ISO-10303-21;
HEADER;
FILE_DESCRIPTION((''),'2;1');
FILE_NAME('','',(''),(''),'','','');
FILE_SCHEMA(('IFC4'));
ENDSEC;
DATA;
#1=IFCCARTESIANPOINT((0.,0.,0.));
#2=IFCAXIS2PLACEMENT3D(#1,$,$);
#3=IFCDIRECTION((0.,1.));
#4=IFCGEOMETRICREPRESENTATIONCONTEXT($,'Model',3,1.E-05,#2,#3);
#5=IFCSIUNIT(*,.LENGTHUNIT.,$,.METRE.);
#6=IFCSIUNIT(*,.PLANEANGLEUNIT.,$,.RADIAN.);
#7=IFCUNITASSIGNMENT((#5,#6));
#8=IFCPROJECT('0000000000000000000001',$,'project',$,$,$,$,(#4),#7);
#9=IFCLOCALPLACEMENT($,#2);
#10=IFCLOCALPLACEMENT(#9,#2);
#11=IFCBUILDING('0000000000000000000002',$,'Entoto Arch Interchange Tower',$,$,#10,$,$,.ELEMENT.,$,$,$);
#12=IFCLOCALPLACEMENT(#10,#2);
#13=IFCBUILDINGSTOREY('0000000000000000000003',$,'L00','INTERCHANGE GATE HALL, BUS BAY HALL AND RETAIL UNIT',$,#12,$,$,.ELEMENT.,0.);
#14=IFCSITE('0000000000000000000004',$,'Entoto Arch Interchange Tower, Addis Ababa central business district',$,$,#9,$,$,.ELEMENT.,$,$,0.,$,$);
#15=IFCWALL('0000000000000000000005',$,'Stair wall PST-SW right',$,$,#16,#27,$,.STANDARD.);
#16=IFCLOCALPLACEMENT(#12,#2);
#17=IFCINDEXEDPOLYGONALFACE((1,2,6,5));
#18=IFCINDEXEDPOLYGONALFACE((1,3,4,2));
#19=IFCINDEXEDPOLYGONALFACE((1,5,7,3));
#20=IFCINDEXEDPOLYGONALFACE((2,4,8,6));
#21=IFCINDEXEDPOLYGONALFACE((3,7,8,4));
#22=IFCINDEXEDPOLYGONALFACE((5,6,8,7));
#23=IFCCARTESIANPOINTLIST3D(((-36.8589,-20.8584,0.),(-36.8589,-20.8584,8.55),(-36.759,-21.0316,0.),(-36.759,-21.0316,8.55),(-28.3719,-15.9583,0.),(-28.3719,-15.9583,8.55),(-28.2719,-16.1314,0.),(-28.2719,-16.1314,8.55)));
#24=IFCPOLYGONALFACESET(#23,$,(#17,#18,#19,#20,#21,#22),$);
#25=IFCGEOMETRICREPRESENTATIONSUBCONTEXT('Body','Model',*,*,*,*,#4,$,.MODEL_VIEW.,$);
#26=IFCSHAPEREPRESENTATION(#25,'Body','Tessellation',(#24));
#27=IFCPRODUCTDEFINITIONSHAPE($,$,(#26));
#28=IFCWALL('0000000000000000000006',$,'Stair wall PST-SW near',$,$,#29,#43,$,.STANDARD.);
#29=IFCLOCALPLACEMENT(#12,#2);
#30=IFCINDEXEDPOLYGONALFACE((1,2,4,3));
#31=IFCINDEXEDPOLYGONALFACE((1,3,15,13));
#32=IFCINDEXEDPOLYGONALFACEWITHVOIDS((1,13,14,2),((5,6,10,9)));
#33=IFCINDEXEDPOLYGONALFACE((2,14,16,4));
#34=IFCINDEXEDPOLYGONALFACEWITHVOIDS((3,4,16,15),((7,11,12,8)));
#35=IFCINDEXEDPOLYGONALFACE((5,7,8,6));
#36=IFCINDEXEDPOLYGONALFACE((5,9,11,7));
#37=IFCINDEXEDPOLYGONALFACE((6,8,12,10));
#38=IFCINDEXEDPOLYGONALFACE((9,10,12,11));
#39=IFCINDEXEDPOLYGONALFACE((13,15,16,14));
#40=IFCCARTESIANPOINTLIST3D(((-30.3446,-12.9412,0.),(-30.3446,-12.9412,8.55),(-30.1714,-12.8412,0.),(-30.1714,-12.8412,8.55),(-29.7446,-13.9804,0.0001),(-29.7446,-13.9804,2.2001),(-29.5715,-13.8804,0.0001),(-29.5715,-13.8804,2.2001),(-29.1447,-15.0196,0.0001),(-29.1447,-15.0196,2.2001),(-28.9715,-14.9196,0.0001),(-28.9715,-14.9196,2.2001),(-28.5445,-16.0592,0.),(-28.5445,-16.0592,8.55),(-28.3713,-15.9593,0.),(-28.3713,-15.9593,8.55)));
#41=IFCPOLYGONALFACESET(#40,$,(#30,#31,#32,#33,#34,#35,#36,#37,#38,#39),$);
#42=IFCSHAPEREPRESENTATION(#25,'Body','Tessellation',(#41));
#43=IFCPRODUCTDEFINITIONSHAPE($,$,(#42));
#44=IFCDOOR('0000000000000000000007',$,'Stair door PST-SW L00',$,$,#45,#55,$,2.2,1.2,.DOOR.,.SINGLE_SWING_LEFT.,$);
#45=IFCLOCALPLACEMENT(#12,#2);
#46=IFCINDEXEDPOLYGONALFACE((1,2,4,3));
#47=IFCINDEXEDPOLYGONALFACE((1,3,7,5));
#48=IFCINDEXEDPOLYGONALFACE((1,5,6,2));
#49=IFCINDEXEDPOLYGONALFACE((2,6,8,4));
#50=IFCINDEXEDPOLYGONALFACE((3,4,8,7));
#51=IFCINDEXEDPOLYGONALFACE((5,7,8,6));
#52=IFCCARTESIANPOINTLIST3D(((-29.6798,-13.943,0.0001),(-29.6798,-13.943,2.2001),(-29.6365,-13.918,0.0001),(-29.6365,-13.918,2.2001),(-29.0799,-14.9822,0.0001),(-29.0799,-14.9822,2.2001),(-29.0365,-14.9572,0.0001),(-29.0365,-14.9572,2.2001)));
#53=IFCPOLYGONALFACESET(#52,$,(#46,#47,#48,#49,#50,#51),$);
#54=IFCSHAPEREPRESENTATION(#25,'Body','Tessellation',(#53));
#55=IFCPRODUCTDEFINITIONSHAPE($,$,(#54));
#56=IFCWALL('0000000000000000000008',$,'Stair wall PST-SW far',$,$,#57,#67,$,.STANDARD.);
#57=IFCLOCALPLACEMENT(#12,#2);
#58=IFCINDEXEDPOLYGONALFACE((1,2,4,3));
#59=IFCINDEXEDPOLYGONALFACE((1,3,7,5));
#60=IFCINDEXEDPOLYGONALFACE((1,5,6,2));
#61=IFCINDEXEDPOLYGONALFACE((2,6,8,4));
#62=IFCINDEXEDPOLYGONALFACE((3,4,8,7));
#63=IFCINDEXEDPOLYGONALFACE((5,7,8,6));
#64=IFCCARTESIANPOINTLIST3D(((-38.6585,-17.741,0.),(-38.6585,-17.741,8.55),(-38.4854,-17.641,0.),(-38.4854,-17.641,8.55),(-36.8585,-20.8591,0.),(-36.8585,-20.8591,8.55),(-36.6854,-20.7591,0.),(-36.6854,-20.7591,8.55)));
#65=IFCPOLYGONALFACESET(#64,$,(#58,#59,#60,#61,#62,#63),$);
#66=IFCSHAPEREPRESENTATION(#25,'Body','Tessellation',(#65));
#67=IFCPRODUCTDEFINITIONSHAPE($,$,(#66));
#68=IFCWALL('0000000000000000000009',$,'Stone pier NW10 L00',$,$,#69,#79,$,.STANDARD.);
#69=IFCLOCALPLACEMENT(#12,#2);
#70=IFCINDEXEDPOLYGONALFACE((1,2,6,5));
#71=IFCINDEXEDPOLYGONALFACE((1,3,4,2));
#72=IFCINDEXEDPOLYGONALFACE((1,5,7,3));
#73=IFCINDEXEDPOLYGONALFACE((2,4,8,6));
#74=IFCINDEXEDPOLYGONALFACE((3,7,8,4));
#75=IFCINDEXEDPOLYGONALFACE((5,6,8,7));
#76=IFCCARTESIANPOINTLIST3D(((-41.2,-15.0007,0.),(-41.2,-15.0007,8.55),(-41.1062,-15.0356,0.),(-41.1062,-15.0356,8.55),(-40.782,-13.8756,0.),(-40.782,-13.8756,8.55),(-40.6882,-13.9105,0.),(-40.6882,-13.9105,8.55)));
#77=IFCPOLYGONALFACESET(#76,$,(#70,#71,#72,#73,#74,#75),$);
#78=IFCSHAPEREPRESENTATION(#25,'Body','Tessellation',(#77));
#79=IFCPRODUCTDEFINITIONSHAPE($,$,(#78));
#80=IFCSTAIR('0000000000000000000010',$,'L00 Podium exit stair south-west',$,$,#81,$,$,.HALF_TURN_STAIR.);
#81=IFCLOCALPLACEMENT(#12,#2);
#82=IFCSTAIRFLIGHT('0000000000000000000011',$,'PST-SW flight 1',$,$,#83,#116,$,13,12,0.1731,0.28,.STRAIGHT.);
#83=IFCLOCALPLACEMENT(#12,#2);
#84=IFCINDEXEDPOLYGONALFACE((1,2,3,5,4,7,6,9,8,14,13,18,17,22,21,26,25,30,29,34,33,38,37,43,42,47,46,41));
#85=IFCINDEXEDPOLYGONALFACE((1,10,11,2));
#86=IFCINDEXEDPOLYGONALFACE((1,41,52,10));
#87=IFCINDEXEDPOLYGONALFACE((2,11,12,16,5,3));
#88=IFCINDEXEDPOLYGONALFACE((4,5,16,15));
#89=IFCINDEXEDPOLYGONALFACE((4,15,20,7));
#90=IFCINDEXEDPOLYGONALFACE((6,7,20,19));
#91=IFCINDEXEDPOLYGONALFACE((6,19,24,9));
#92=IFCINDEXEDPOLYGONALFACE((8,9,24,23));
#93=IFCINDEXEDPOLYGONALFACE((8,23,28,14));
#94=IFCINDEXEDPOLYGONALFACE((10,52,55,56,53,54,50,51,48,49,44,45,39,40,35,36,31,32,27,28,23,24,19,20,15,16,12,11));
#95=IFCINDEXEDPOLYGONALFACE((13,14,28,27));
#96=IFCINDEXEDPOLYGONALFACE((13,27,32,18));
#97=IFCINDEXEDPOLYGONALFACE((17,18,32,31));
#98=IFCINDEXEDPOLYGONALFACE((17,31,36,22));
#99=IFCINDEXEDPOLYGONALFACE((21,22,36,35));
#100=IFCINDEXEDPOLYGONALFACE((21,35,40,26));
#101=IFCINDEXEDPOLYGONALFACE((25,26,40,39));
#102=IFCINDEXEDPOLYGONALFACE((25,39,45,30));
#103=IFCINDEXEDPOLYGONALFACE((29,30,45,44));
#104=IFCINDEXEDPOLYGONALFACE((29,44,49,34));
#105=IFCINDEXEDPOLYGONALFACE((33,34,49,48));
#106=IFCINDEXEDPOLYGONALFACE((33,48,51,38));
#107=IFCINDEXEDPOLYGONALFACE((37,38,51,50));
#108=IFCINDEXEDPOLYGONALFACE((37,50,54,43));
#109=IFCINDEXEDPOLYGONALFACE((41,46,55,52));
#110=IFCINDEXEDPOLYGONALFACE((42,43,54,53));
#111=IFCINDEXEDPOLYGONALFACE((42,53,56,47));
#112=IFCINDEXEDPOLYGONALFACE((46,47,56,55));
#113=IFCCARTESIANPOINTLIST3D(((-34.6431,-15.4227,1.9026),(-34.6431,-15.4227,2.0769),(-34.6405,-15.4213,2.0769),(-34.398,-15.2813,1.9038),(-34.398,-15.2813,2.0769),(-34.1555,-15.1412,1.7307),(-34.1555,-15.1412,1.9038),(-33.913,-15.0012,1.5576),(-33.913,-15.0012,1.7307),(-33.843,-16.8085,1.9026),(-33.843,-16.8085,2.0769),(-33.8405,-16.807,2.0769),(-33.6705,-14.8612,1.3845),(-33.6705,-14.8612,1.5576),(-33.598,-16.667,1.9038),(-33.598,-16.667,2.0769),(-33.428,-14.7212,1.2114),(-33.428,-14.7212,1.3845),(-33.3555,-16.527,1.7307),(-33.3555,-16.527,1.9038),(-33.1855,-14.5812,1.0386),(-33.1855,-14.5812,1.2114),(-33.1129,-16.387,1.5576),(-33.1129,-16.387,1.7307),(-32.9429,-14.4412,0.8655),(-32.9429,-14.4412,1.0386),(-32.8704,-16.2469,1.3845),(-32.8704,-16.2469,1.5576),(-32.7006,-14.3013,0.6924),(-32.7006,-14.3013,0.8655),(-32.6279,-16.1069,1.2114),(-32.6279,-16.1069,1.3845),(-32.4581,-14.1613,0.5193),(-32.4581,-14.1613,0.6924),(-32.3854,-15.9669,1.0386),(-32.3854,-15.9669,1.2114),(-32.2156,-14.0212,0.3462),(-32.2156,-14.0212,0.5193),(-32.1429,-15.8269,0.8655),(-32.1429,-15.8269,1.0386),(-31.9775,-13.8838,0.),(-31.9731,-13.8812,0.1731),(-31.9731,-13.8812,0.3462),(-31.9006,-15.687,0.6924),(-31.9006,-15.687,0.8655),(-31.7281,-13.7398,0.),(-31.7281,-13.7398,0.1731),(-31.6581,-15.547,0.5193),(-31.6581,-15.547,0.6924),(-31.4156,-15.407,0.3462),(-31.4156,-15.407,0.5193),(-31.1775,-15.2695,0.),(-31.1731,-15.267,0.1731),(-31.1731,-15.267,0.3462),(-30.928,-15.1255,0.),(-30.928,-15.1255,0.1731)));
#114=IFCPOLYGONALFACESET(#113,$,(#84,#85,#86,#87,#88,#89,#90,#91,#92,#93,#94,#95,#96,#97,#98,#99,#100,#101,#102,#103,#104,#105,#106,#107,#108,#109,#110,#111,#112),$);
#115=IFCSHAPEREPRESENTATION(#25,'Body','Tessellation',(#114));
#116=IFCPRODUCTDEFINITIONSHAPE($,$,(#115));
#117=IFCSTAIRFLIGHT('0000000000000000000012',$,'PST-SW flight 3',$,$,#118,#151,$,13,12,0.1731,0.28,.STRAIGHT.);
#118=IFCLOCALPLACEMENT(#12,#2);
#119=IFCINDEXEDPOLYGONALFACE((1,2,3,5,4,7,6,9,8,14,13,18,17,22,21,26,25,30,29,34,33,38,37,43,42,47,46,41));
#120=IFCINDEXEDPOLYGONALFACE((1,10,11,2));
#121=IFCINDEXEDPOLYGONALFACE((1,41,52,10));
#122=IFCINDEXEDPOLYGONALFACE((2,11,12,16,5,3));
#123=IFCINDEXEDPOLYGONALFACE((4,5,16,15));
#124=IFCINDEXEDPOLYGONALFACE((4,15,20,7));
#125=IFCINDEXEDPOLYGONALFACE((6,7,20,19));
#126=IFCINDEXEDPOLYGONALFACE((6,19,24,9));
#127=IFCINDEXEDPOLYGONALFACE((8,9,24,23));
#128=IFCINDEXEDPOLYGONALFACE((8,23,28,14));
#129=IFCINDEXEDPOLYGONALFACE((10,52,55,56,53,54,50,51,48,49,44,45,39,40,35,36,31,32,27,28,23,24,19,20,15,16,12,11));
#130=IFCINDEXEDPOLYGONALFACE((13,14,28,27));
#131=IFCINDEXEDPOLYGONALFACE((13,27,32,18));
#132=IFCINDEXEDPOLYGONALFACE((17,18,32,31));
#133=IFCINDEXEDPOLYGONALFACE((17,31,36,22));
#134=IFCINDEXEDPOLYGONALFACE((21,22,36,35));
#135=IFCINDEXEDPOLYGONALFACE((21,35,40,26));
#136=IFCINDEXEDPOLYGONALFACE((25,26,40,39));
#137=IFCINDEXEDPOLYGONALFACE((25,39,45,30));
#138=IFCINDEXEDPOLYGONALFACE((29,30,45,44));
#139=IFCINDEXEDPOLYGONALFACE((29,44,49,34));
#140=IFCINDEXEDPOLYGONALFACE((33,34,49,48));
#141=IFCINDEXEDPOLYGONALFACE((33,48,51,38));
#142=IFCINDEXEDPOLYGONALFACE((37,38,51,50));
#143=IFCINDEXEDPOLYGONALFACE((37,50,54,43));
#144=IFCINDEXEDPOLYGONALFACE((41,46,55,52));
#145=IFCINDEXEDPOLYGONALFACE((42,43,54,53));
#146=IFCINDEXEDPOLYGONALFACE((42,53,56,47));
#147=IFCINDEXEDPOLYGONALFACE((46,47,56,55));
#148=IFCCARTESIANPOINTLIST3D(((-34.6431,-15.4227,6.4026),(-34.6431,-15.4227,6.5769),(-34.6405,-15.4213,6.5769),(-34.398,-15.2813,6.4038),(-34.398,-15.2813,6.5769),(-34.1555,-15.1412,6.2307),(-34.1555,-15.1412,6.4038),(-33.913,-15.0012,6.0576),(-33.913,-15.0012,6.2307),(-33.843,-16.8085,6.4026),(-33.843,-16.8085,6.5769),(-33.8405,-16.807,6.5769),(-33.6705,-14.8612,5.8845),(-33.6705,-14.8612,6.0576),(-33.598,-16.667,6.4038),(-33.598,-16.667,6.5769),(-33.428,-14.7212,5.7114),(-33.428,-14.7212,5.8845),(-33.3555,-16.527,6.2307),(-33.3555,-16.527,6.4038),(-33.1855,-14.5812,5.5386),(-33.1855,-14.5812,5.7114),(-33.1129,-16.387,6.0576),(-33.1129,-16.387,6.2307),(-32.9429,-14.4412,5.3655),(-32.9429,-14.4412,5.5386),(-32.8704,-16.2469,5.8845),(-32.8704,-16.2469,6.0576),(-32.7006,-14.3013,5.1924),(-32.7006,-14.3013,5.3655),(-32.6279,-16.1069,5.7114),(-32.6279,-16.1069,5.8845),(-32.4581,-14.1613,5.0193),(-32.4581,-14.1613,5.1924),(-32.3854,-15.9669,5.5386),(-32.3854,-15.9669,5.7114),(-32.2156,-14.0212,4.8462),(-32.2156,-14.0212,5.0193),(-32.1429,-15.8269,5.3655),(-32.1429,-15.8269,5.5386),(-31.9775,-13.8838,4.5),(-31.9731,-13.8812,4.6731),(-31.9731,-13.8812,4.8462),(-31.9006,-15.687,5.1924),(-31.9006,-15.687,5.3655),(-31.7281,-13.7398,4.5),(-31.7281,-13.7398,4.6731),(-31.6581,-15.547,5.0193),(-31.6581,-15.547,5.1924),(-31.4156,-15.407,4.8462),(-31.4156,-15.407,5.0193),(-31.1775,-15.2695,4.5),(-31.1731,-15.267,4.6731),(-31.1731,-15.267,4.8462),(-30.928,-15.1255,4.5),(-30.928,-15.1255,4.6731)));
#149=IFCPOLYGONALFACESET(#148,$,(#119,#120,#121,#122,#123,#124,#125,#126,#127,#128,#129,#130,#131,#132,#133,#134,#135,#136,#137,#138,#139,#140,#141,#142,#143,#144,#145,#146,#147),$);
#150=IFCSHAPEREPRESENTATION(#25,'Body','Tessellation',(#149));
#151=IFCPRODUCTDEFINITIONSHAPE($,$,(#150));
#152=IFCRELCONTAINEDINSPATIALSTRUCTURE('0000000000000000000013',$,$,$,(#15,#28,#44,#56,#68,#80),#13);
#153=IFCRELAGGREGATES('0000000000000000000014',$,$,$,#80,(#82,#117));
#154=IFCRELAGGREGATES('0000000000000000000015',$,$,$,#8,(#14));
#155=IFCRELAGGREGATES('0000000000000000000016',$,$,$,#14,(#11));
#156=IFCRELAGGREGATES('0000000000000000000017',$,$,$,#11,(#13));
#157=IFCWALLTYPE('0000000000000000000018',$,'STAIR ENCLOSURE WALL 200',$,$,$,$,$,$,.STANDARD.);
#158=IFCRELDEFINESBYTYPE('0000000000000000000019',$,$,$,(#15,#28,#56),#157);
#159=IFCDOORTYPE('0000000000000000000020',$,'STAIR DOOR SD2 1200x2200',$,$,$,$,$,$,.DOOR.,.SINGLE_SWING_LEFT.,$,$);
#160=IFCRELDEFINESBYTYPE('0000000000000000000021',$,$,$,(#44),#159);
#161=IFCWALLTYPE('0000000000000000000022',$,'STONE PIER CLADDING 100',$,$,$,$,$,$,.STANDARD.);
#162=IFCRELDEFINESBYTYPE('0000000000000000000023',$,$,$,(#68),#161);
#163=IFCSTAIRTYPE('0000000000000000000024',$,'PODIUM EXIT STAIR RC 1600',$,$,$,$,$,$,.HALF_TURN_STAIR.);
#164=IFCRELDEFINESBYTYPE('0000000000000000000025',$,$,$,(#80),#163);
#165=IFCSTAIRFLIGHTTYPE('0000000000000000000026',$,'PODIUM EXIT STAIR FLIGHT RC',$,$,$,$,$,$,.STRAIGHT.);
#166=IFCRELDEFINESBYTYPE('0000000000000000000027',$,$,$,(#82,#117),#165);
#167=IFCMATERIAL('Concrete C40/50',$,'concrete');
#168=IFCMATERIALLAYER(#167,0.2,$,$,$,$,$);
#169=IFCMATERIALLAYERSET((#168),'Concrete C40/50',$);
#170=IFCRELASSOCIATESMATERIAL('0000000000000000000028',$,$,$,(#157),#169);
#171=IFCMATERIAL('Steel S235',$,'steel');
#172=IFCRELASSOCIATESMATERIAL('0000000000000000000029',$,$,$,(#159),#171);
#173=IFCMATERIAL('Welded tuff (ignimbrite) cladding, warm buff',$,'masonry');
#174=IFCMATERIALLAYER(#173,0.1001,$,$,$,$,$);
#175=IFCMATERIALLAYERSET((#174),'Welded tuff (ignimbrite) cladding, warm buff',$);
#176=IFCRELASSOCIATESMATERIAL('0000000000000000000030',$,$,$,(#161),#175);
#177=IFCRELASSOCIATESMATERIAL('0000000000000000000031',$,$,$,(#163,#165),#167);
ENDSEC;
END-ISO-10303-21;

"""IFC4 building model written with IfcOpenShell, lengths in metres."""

from ifc_helpers import new_model, si_unit, direction, frame, frame_2d, origin, place, context, subcontext, project, spatial, polyline, rectangle, outline, extrude, material, layer, layer_set, type_object, element, fill, aggregate, save


model = new_model("IFC4")

# Units and contexts
model_context = context("Model", 3, precision=1e-05, world=origin(), true_north=direction((0.0, 1.0)))
body_context = subcontext(model_context, "Body", "Model", "MODEL_VIEW")
ifc_project = project(units=[si_unit("LENGTHUNIT", "METRE"), si_unit("PLANEANGLEUNIT", "RADIAN")], contexts=[model_context])

# Site, building, storey
site_placement = place(None, origin())
site = spatial("IfcSite", under=ifc_project, at=site_placement, Name="Entoto Arch Interchange Tower, Addis Ababa central business district", CompositionType="ELEMENT", RefElevation=0.0)
building_placement = place(site_placement, origin())
building = spatial("IfcBuilding", under=site, at=building_placement, Name="Entoto Arch Interchange Tower", CompositionType="ELEMENT")
storey_placement = place(building_placement, origin())
storey = spatial("IfcBuildingStorey", under=building, at=storey_placement, Name="L00", Description="INTERCHANGE GATE HALL, BUS BAY HALL AND RETAIL UNIT", CompositionType="ELEMENT", Elevation=0.0)

# Wall
ifc_material_1 = material(Name="Concrete C40/50", Category="concrete")
ifc_layer_1 = layer(ifc_material_1, 0.2)
ifc_layer_set_1 = layer_set([ifc_layer_1], Name="Concrete C40/50")
wall_type_1 = type_object("IfcWallType", Name="STAIR ENCLOSURE WALL 200", PredefinedType="STANDARD", material=ifc_layer_set_1)
for number, where, z_axis, x_axis, name in (
    (1, (-28.322, -16.0449, 0.0), (0.0, 0.0, 1.0), (-0.866019, -0.500011, 0.0), "Stair wall PST-SW right"),
):
    element("IfcWall", number, at=place(storey_placement, frame(where, z_axis=z_axis, x_axis=x_axis)), inside=storey, type_object=wall_type_1, Name=name, PredefinedType="STANDARD", context=body_context, shape_type="SweptSolid", body=[
        extrude(rectangle(XDim=9.8, YDim=0.2, at=frame_2d((4.8999, 0.0))), origin(), (0.0, 0.0, 1.0), 8.55),
    ])

# Wall, opening, door
wall_1_placement = place(storey_placement, frame((-30.2581, -12.8911, 0.0), z_axis=(0.0, 0.0, 1.0), x_axis=(0.499983, -0.866035, 0.0)))
wall_1 = element("IfcWall", 2, at=wall_1_placement, inside=storey, type_object=wall_type_1, Name="Stair wall PST-SW near", PredefinedType="STANDARD", context=body_context, shape_type="SweptSolid", body=[
    extrude(rectangle(XDim=3.6003, YDim=0.2, at=frame_2d((1.8003, 0.0))), origin(), (0.0, 0.0, 1.0), 8.55),
])
opening_1_placement = place(wall_1_placement, frame((1.2, 0.0, 0.0)))
opening_1 = element("IfcOpeningElement", 3, at=opening_1_placement, cuts=wall_1, PredefinedType="OPENING", context=body_context, shape_type="SweptSolid", body=[
    extrude(rectangle(XDim=1.2, YDim=2.2, at=frame_2d((0.6001, 1.1001))), frame((0.0, 0.1099, 0.0), z_axis=(0.0, -1.0, 0.0), x_axis=(1.0, 0.0, 0.0)), (0.0, 0.0, 1.0), 0.22),
])
ifc_material_2 = material(Name="Steel S235", Category="steel")
door_type_1 = type_object("IfcDoorType", Name="STAIR DOOR SD2 1200x2200", OperationType="SINGLE_SWING_LEFT", PredefinedType="DOOR", material=ifc_material_2)
door_1_placement = place(opening_1_placement, origin())
door_1 = element("IfcDoor", 4, at=door_1_placement, inside=storey, type_object=door_type_1, Name="Stair door PST-SW L00", OperationType="SINGLE_SWING_LEFT", OverallHeight=2.2, OverallWidth=1.2, PredefinedType="DOOR", context=body_context, shape_type="SweptSolid", body=[
    extrude(rectangle(XDim=1.2, YDim=2.2, at=frame_2d((0.6001, 1.1001))), frame((0.0, 0.0249, 0.0), z_axis=(0.0, -1.0, 0.0), x_axis=(1.0, 0.0, 0.0)), (0.0, 0.0, 1.0), 0.05),
])
fill(opening_1, door_1)

# Wall
wall_2_placement = place(storey_placement, frame((-38.572, -17.6909, 0.0), z_axis=(0.0, 0.0, 1.0), x_axis=(0.499953, -0.866052, 0.0)))
element("IfcWall", 5, at=wall_2_placement, inside=storey, type_object=wall_type_1, Name="Stair wall PST-SW far", PredefinedType="STANDARD", context=body_context, shape_type="SweptSolid", body=[
    extrude(rectangle(XDim=3.6003, YDim=0.2, at=frame_2d((1.8003, 0.0))), origin(), (0.0, 0.0, 1.0), 8.55),
])

# Shared definitions
ifc_material_3 = material(Name="Welded tuff (ignimbrite) cladding, warm buff", Category="masonry")

# Wall
ifc_layer_2 = layer(ifc_material_3, 0.1001)
ifc_layer_set_2 = layer_set([ifc_layer_2], Name="Welded tuff (ignimbrite) cladding, warm buff")
wall_type_2 = type_object("IfcWallType", Name="STONE PIER CLADDING 100", PredefinedType="STANDARD", material=ifc_layer_set_2)
wall_3_placement = place(storey_placement, frame((-40.7351, -13.8931, 0.0), z_axis=(0.0, 0.0, 1.0), x_axis=(-0.348268, -0.937395, 0.0)))
element("IfcWall", 6, at=wall_3_placement, inside=storey, type_object=wall_type_2, Name="Stone pier NW10 L00", PredefinedType="STANDARD", context=body_context, shape_type="SweptSolid", body=[
    extrude(rectangle(XDim=1.2002, YDim=0.1001, at=frame_2d((0.6001, 0.0))), origin(), (0.0, 0.0, 1.0), 8.55),
])

# Stair, stair flights
stair_type = type_object("IfcStairType", Name="PODIUM EXIT STAIR RC 1600", PredefinedType="HALF_TURN_STAIR", material=ifc_material_1)
stair_placement = place(storey_placement, origin())
stair = element("IfcStair", 7, at=stair_placement, inside=storey, type_object=stair_type, Name="L00 Podium exit stair south-west", PredefinedType="HALF_TURN_STAIR")
stair_flight_type = type_object("IfcStairFlightType", Name="PODIUM EXIT STAIR FLIGHT RC", PredefinedType="STRAIGHT", material=ifc_material_1)
stair_flight_1_placement = place(storey_placement, frame((-31.3306, -14.4341, 0.0), z_axis=(0.0, 0.0, 1.0), x_axis=(-0.866025, -0.5, 0.0)))
stair_flight_1 = element("IfcStairFlight", 8, at=stair_flight_1_placement, type_object=stair_flight_type, Name="PST-SW flight 1", NumberOfRisers=13, NumberOfTreads=12, PredefinedType="STRAIGHT", RiserHeight=0.1731, TreadLength=0.28, context=body_context, shape_type="SweptSolid", body=[
    extrude(outline(polyline([(-0.0029, 0.0), (-0.0029, 0.1731), (0.28, 0.1731), (0.28, 0.3462), (0.5601, 0.3462), (0.5601, 0.5193), (0.8401, 0.5193), (0.8401, 0.6924), (1.1201, 0.6924), (1.1201, 0.8655), (1.3999, 0.8655), (1.3999, 1.0386), (1.6799, 1.0386), (1.6799, 1.2114), (1.96, 1.2114), (1.96, 1.3845), (2.24, 1.3845), (2.24, 1.5576), (2.52, 1.5576), (2.52, 1.7307), (2.8, 1.7307), (2.8, 1.9038), (3.0801, 1.9038), (3.0801, 2.0769), (3.3601, 2.0769), (3.363, 2.0769), (3.363, 1.9026), (0.2852, 0.0), (-0.0029, 0.0)])), frame((0.0, 0.8, 0.0), z_axis=(0.0, -1.0, 0.0), x_axis=(1.0, 0.0, 0.0)), (0.0, 0.0, 1.0), 1.6001),
])
stair_flight_2_placement = place(storey_placement, frame((-31.3306, -14.4341, 4.5), z_axis=(0.0, 0.0, 1.0), x_axis=(-0.866025, -0.5, 0.0)))
stair_flight_2 = element("IfcStairFlight", 9, at=stair_flight_2_placement, type_object=stair_flight_type, Name="PST-SW flight 3", NumberOfRisers=13, NumberOfTreads=12, PredefinedType="STRAIGHT", RiserHeight=0.1731, TreadLength=0.28, context=body_context, shape_type="SweptSolid", body=[
    extrude(outline(polyline([(-0.0029, 0.0), (-0.0029, 0.1731), (0.28, 0.1731), (0.28, 0.3462), (0.5601, 0.3462), (0.5601, 0.5193), (0.8401, 0.5193), (0.8401, 0.6924), (1.1201, 0.6924), (1.1201, 0.8655), (1.3999, 0.8655), (1.3999, 1.0386), (1.6799, 1.0386), (1.6799, 1.2114), (1.96, 1.2114), (1.96, 1.3845), (2.24, 1.3845), (2.24, 1.5576), (2.52, 1.5576), (2.52, 1.7307), (2.8, 1.7307), (2.8, 1.9038), (3.0801, 1.9038), (3.0801, 2.0769), (3.3601, 2.0769), (3.363, 2.0769), (3.363, 1.9026), (0.2852, 0.0), (-0.0029, 0.0)])), frame((0.0, 0.8, 0.0), z_axis=(0.0, -1.0, 0.0), x_axis=(1.0, 0.0, 0.0)), (0.0, 0.0, 1.0), 1.6001),
])
aggregate(stair, [stair_flight_1, stair_flight_2])

save(model, "model.ifc")
